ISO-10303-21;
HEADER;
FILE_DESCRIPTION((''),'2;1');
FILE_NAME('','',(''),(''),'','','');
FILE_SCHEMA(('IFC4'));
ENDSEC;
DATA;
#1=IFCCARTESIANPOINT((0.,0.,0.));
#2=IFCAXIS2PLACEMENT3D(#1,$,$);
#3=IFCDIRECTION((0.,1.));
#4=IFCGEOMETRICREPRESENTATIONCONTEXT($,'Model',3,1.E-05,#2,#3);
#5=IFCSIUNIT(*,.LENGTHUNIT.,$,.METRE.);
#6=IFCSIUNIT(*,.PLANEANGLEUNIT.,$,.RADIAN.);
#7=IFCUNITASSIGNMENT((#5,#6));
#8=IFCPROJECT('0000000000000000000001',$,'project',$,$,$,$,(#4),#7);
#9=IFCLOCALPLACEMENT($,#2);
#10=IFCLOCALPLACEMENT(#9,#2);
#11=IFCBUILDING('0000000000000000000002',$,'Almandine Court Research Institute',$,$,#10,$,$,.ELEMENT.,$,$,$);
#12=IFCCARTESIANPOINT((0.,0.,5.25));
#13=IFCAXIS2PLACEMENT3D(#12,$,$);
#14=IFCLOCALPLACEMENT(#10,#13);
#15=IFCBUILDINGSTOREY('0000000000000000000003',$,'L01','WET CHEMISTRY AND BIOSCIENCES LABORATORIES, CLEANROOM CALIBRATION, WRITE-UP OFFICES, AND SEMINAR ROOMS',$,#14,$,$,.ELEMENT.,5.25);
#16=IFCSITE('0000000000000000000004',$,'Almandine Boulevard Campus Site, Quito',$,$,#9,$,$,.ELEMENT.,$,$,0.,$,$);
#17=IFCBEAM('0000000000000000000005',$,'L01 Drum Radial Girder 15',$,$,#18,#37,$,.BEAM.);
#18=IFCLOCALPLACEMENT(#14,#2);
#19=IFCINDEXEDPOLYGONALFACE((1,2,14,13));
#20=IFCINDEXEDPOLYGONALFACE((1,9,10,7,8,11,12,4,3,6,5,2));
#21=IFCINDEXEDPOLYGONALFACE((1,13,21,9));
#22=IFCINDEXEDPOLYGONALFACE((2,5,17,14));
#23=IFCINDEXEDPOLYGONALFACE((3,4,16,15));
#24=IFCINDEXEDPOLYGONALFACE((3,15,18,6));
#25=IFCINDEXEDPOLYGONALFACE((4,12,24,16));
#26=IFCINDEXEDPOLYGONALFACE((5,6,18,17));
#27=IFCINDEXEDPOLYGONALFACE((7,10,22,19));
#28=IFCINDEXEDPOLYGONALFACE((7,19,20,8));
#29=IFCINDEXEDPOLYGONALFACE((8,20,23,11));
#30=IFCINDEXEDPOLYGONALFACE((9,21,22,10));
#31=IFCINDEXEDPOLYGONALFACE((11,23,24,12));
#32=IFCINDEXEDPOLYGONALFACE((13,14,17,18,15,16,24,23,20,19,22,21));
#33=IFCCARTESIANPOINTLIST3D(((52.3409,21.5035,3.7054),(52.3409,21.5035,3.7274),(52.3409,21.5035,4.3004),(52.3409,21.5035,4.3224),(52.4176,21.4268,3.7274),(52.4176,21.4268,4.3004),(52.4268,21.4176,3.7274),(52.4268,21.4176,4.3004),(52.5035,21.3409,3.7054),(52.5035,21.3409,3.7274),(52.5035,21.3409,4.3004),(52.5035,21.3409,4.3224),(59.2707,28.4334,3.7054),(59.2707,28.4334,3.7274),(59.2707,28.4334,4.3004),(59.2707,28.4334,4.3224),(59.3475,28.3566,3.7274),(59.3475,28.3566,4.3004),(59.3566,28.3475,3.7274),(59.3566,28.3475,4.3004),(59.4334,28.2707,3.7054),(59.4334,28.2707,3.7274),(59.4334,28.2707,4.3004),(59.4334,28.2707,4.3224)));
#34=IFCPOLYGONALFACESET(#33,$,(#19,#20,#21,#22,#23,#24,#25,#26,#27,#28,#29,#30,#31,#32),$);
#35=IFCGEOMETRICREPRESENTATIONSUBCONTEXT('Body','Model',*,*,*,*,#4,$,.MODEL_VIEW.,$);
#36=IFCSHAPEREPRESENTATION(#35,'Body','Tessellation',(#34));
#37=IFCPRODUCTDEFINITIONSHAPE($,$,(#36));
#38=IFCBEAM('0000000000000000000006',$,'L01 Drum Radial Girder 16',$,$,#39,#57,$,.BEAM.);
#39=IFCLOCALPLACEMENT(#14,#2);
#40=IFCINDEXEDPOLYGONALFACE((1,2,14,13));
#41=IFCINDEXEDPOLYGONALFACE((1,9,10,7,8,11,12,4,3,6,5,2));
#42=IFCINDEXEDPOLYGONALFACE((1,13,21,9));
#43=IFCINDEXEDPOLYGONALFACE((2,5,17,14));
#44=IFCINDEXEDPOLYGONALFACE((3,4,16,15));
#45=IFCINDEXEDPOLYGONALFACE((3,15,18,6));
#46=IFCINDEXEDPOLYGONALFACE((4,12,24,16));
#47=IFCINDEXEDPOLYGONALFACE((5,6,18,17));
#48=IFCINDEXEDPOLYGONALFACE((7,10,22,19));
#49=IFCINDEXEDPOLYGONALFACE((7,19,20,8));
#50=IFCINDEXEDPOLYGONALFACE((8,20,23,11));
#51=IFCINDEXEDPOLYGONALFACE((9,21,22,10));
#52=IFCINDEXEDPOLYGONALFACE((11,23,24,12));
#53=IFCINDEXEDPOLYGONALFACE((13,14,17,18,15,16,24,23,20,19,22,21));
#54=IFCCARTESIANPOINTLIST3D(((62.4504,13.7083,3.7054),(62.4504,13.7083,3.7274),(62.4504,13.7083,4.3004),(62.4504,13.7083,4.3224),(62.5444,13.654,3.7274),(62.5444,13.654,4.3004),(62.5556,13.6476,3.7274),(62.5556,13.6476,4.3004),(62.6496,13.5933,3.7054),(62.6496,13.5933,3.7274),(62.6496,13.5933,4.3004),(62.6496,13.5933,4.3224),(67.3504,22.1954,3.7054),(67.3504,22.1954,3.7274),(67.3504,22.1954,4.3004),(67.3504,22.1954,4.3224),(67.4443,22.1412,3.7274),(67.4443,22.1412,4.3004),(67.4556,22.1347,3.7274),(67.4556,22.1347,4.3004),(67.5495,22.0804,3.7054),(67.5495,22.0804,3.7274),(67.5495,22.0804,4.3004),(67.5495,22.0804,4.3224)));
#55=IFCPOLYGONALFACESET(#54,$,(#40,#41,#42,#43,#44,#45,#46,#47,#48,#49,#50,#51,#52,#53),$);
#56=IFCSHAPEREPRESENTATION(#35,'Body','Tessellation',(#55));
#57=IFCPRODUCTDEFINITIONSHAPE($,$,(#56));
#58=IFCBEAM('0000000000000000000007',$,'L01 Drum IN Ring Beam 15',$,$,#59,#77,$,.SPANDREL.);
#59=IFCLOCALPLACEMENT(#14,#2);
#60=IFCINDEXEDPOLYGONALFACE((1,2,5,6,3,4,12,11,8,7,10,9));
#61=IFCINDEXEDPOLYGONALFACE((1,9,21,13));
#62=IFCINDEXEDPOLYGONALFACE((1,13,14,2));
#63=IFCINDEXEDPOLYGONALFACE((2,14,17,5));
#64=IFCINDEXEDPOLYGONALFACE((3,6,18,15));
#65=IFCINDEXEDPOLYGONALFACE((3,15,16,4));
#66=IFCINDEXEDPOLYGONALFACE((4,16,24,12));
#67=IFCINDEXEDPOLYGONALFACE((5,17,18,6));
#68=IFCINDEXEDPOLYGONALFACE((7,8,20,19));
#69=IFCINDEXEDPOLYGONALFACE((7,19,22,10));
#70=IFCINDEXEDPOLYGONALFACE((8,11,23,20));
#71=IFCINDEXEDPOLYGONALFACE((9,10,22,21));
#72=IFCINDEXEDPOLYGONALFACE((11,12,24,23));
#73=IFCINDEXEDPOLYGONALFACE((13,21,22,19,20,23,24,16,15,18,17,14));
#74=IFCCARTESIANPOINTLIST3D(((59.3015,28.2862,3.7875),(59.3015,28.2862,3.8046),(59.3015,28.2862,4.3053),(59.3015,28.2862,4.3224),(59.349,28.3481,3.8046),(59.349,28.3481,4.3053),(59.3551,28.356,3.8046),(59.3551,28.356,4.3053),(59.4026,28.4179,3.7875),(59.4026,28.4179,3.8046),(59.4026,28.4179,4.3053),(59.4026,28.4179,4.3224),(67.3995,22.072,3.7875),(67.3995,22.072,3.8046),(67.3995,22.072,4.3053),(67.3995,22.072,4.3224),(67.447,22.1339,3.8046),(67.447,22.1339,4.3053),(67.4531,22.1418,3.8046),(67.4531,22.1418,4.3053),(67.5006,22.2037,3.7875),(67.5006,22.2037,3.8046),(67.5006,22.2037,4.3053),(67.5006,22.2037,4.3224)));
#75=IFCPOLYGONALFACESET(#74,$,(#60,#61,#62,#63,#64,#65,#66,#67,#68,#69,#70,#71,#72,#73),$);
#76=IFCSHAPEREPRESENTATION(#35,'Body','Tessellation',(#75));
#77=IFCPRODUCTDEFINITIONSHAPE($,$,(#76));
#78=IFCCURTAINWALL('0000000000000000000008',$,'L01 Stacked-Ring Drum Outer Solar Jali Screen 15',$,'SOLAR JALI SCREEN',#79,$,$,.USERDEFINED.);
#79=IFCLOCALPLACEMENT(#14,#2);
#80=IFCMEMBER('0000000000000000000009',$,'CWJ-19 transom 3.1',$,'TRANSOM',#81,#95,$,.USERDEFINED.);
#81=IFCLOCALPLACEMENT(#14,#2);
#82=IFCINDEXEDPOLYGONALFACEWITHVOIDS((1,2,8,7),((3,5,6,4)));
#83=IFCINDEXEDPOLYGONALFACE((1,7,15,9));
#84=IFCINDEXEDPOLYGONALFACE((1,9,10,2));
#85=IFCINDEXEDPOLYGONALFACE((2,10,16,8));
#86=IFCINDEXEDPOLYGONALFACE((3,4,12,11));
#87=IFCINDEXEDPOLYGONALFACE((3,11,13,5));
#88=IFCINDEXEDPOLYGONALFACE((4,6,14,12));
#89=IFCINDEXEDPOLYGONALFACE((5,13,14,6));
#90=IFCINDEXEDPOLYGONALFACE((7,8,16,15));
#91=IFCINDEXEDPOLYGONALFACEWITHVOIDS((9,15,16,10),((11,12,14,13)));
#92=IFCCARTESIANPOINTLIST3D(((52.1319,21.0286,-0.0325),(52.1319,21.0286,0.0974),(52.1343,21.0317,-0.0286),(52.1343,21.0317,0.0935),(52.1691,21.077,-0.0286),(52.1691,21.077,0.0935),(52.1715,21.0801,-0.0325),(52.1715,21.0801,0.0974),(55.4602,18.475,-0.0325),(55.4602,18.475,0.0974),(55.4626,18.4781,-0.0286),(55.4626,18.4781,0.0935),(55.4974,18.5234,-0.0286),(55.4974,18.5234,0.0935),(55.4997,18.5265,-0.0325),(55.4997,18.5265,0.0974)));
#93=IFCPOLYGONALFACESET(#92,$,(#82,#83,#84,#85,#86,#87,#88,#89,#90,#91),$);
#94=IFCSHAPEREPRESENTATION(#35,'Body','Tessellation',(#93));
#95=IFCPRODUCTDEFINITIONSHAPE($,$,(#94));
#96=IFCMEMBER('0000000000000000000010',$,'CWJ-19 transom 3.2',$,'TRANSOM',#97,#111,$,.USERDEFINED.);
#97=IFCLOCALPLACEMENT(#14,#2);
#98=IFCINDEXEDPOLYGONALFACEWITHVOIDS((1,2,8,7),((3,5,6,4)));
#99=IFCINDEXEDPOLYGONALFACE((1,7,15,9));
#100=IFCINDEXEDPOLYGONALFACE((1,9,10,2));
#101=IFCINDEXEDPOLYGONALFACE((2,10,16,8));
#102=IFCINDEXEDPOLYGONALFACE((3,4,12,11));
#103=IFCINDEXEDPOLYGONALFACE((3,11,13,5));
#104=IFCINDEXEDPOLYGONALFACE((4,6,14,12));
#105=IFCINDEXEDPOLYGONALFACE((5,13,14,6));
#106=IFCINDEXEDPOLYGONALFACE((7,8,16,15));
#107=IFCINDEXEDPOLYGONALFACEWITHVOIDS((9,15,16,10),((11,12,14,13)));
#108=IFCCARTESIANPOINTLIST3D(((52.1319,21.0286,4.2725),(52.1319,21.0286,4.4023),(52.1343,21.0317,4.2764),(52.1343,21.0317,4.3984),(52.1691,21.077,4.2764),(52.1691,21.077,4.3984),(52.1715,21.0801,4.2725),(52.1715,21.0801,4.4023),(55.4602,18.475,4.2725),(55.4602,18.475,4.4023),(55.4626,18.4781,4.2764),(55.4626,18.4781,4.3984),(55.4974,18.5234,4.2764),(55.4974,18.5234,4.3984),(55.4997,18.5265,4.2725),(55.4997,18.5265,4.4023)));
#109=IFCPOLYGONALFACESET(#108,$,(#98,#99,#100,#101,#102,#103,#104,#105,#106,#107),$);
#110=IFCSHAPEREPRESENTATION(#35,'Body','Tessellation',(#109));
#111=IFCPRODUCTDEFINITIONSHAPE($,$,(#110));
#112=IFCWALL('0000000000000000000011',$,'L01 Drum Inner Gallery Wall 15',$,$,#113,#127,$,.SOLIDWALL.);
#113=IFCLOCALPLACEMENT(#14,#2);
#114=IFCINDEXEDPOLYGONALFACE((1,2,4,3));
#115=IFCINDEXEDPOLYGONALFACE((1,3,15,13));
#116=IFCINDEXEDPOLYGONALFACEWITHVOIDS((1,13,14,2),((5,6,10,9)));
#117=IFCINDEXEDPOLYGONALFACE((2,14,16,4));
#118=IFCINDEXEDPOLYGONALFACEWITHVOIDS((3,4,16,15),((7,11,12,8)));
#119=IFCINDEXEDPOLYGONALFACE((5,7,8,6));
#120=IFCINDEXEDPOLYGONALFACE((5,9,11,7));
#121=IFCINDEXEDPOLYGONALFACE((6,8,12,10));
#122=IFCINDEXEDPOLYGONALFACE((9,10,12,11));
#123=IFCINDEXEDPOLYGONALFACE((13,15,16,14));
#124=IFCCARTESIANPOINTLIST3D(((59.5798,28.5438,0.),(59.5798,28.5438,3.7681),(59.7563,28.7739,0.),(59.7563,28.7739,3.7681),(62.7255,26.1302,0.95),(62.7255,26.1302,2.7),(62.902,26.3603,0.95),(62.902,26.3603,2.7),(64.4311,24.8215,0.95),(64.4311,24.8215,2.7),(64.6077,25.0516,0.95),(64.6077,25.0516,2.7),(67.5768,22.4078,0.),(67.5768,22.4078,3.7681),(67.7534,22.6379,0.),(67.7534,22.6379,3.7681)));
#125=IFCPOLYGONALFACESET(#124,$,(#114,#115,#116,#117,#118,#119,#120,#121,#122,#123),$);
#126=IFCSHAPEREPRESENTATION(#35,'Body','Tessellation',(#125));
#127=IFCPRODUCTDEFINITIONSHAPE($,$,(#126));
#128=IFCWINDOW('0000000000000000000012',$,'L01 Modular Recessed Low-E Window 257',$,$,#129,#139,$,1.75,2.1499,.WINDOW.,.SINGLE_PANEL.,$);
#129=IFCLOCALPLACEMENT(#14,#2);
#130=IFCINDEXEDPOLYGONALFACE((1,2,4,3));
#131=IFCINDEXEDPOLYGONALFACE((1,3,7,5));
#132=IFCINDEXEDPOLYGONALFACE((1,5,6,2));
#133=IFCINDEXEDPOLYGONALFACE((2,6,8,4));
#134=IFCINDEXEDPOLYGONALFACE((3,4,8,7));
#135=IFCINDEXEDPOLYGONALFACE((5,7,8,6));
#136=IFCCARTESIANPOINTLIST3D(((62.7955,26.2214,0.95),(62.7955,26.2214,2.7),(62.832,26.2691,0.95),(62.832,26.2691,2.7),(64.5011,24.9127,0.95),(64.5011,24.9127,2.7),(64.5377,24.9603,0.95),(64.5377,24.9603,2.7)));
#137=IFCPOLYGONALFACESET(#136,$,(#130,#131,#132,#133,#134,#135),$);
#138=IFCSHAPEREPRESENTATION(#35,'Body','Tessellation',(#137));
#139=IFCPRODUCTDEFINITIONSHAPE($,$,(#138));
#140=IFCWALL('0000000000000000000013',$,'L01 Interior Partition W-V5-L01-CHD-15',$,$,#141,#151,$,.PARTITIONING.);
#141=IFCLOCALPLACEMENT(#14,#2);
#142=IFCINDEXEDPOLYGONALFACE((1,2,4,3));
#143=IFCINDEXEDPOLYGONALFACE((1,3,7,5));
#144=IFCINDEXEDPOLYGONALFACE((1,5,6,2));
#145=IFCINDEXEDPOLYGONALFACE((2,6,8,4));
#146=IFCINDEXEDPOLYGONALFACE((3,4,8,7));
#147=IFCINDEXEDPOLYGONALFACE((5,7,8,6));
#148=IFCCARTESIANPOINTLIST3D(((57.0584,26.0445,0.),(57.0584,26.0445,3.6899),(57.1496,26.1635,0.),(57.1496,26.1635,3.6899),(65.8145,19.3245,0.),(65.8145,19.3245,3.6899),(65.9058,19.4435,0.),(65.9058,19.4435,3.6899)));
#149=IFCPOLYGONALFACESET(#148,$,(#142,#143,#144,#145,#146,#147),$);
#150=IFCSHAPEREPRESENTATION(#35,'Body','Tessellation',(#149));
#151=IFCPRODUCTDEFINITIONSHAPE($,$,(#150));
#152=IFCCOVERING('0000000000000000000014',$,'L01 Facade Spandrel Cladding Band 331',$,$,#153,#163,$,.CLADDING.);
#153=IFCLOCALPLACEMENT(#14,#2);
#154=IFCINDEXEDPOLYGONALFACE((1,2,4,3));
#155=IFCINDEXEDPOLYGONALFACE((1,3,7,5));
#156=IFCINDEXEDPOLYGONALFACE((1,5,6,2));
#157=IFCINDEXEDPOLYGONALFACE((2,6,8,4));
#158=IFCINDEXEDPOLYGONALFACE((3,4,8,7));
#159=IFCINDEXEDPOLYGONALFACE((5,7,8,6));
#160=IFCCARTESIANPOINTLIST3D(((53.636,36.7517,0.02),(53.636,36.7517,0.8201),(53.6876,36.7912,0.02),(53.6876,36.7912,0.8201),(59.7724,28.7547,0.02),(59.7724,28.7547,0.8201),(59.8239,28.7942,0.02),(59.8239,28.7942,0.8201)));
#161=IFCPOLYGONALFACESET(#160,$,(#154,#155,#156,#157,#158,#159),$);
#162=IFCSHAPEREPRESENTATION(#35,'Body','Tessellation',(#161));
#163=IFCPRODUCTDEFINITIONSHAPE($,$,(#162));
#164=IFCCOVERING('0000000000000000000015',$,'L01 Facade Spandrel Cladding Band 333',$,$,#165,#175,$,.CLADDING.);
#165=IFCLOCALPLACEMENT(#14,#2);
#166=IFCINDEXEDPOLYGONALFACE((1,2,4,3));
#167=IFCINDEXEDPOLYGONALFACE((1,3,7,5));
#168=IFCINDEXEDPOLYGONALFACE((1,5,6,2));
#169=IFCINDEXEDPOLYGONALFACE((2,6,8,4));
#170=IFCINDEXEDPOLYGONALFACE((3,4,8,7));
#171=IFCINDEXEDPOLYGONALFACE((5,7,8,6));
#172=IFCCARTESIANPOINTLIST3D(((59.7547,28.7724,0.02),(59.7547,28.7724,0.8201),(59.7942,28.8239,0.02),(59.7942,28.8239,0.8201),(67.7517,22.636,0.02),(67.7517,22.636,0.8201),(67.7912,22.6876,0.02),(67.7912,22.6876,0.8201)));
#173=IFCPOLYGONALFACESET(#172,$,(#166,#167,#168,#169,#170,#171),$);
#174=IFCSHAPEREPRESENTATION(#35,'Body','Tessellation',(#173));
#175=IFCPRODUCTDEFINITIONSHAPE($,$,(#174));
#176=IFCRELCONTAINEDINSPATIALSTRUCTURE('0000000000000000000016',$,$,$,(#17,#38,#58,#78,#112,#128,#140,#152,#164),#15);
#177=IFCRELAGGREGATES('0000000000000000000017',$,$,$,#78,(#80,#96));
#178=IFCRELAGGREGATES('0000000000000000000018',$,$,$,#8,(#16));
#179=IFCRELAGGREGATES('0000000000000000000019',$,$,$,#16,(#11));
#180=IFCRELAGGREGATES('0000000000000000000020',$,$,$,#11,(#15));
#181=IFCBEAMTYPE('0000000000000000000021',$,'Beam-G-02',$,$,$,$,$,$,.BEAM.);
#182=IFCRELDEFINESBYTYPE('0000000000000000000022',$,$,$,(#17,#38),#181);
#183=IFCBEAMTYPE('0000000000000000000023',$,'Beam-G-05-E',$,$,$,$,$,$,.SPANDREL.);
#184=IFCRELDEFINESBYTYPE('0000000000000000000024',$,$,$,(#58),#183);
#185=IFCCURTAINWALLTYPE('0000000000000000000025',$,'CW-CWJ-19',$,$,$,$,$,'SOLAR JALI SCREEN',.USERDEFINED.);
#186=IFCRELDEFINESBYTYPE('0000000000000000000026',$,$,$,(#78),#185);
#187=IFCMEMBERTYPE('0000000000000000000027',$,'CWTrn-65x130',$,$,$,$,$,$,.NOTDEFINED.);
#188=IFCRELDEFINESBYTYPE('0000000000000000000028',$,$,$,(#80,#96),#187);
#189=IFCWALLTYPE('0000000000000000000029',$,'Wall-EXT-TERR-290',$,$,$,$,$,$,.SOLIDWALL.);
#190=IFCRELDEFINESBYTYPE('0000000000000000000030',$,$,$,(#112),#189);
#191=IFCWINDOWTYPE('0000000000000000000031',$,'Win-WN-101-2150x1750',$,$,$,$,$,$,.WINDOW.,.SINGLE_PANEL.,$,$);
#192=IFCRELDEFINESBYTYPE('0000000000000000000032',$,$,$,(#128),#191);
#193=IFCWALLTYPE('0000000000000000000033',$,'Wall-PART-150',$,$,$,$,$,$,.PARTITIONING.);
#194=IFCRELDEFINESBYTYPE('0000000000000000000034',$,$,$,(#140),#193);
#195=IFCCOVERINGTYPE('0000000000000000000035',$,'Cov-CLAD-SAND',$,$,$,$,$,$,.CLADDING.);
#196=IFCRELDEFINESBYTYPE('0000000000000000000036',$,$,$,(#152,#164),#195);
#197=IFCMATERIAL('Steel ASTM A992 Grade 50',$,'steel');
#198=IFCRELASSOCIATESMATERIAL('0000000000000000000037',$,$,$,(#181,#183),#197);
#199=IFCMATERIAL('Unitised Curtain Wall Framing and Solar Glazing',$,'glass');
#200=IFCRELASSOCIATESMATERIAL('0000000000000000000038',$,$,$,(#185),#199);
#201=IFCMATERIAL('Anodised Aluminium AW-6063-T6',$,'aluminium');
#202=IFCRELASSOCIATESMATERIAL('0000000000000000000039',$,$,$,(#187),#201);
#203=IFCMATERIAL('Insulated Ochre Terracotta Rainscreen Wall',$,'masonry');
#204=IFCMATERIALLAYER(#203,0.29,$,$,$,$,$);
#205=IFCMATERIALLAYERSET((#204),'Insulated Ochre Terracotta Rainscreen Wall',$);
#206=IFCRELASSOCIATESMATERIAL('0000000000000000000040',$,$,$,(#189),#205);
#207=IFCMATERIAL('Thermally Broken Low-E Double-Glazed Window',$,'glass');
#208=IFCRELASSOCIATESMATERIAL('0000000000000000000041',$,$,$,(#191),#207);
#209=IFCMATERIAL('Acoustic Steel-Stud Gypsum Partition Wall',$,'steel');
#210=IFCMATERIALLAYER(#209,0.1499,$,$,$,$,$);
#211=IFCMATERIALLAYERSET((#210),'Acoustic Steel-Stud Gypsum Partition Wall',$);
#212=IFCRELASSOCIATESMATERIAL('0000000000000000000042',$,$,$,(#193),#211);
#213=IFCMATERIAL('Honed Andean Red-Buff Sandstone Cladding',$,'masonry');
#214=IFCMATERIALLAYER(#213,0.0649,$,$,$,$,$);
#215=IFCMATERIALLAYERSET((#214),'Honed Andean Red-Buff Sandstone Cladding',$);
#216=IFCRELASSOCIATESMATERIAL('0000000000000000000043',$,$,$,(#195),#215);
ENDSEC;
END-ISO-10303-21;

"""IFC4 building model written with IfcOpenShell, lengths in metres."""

from ifc_helpers import new_model, si_unit, direction, frame, frame_2d, origin, origin_2d, place, context, subcontext, project, spatial, rectangle, hollow_rectangle, i_section, extrude, material, layer, layer_set, material_profile, profile_set, type_object, element, fill, aggregate, save


model = new_model("IFC4")

# Units and contexts
model_context = context("Model", 3, precision=1e-05, world=origin(), true_north=direction((0.0, 1.0)))
body_context = subcontext(model_context, "Body", "Model", "MODEL_VIEW")
ifc_project = project(units=[si_unit("LENGTHUNIT", "METRE"), si_unit("PLANEANGLEUNIT", "RADIAN")], contexts=[model_context])

# Site, building, storey
site_placement = place(None, origin())
site = spatial("IfcSite", under=ifc_project, at=site_placement, Name="Almandine Boulevard Campus Site, Quito", CompositionType="ELEMENT", RefElevation=0.0)
building_placement = place(site_placement, origin())
building = spatial("IfcBuilding", under=site, at=building_placement, Name="Almandine Court Research Institute", CompositionType="ELEMENT")
storey_placement = place(building_placement, frame((0.0, 0.0, 5.25)))
storey = spatial("IfcBuildingStorey", under=building, at=storey_placement, Name="L01", Description="WET CHEMISTRY AND BIOSCIENCES LABORATORIES, CLEANROOM CALIBRATION, WRITE-UP OFFICES, AND SEMINAR ROOMS", CompositionType="ELEMENT", Elevation=5.25)

# Shared definitions
ifc_material_1 = material(Name="Steel ASTM A992 Grade 50", Category="steel")

# Beams
ifc_material_profile_1 = material_profile(ifc_material_1, i_section(OverallWidth=0.23, OverallDepth=0.6169, WebThickness=0.0129, FlangeThickness=0.022, at=origin_2d()), Name="W610x140")
ifc_profile_set_1 = profile_set([ifc_material_profile_1], Name="Steel ASTM A992 Grade 50")
beam_type_1 = type_object("IfcBeamType", Name="Beam-G-02", PredefinedType="BEAM", material=ifc_profile_set_1)
beam_1_placement = place(storey_placement, frame((59.3521, 28.3521, 4.0139), z_axis=(-0.707107, -0.707107, 0.0), x_axis=(0.707107, -0.707107, 0.0)))
element("IfcBeam", 1, at=beam_1_placement, inside=storey, type_object=beam_type_1, Name="L01 Drum Radial Girder 15", PredefinedType="BEAM", context=body_context, shape_type="SweptSolid", body=[
    extrude(i_section(OverallWidth=0.23, OverallDepth=0.6169, WebThickness=0.0129, FlangeThickness=0.022, at=origin_2d()), origin(), (0.0, 0.0, 1.0), 9.8003),
])
beam_2_placement = place(storey_placement, frame((67.45, 22.1379, 4.0139), z_axis=(-0.499992, -0.86603, 0.0), x_axis=(0.86603, -0.499992, 0.0)))
element("IfcBeam", 2, at=beam_2_placement, inside=storey, type_object=beam_type_1, Name="L01 Drum Radial Girder 16", PredefinedType="BEAM", context=body_context, shape_type="SweptSolid", body=[
    extrude(i_section(OverallWidth=0.23, OverallDepth=0.6169, WebThickness=0.0129, FlangeThickness=0.022, at=origin_2d()), origin(), (0.0, 0.0, 1.0), 9.8),
])
ifc_material_profile_2 = material_profile(ifc_material_1, i_section(OverallWidth=0.166, OverallDepth=0.5349, WebThickness=0.01, FlangeThickness=0.0171, at=origin_2d()), Name="W530x85")
ifc_profile_set_2 = profile_set([ifc_material_profile_2], Name="Steel ASTM A992 Grade 50")
beam_type_2 = type_object("IfcBeamType", Name="Beam-G-05-E", PredefinedType="SPANDREL", material=ifc_profile_set_2)
beam_3_placement = place(storey_placement, frame((59.3521, 28.3521, 4.0549), z_axis=(0.793336, -0.608784, 0.0), x_axis=(0.608784, 0.793336, 0.0)))
element("IfcBeam", 3, at=beam_3_placement, inside=storey, type_object=beam_type_2, Name="L01 Drum IN Ring Beam 15", PredefinedType="SPANDREL", context=body_context, shape_type="SweptSolid", body=[
    extrude(i_section(OverallWidth=0.166, OverallDepth=0.5349, WebThickness=0.01, FlangeThickness=0.0171, at=origin_2d()), origin(), (0.0, 0.0, 1.0), 10.2075),
])

# Curtain wall, members
ifc_material_2 = material(Name="Unitised Curtain Wall Framing and Solar Glazing", Category="glass")
curtain_wall_type = type_object("IfcCurtainWallType", Name="CW-CWJ-19", ElementType="SOLAR JALI SCREEN", PredefinedType="USERDEFINED", material=ifc_material_2)
curtain_wall_placement = place(storey_placement, origin())
curtain_wall = element("IfcCurtainWall", 4, at=curtain_wall_placement, inside=storey, type_object=curtain_wall_type, Name="L01 Stacked-Ring Drum Outer Solar Jali Screen 15", ObjectType="SOLAR JALI SCREEN", PredefinedType="USERDEFINED")
ifc_material_3 = material(Name="Anodised Aluminium AW-6063-T6", Category="aluminium")
ifc_material_profile_3 = material_profile(ifc_material_3, hollow_rectangle(XDim=0.0649, YDim=0.1299, WallThickness=0.0039, at=origin_2d()), Name="ALU RHS 65x130x4")
ifc_profile_set_3 = profile_set([ifc_material_profile_3], Name="Anodised Aluminium AW-6063-T6")
member_type = type_object("IfcMemberType", Name="CWTrn-65x130", PredefinedType="NOTDEFINED", material=ifc_profile_set_3)
member_1_placement = place(storey_placement, frame((55.48, 18.5007, 0.0325), z_axis=(-0.793381, 0.608726, 0.0), x_axis=(-0.608726, -0.793381, 0.0)))
member_1 = element("IfcMember", 5, at=member_1_placement, type_object=member_type, Name="CWJ-19 transom 3.1", ObjectType="TRANSOM", PredefinedType="USERDEFINED", context=body_context, shape_type="SweptSolid", body=[
    extrude(hollow_rectangle(XDim=0.0649, YDim=0.1299, WallThickness=0.0039, at=origin_2d()), origin(), (0.0, 0.0, 1.0), 4.1951),
])
member_2_placement = place(storey_placement, frame((55.48, 18.5007, 4.3374), z_axis=(-0.793381, 0.608726, 0.0), x_axis=(-0.608726, -0.793381, 0.0)))
member_2 = element("IfcMember", 6, at=member_2_placement, type_object=member_type, Name="CWJ-19 transom 3.2", ObjectType="TRANSOM", PredefinedType="USERDEFINED", context=body_context, shape_type="SweptSolid", body=[
    extrude(hollow_rectangle(XDim=0.0649, YDim=0.1299, WallThickness=0.0039, at=origin_2d()), origin(), (0.0, 0.0, 1.0), 4.1951),
])
aggregate(curtain_wall, [member_1, member_2])

# Wall, opening, window
ifc_material_4 = material(Name="Insulated Ochre Terracotta Rainscreen Wall", Category="masonry")
ifc_layer_1 = layer(ifc_material_4, 0.29)
ifc_layer_set_1 = layer_set([ifc_layer_1], Name="Insulated Ochre Terracotta Rainscreen Wall")
wall_type_1 = type_object("IfcWallType", Name="Wall-EXT-TERR-290", PredefinedType="SOLIDWALL", material=ifc_layer_set_1)
wall_1_placement = place(storey_placement, frame((59.668, 28.6589, 0.0), z_axis=(0.0, 0.0, 1.0), x_axis=(0.793372, -0.608738, 0.0)))
wall_1 = element("IfcWall", 7, at=wall_1_placement, inside=storey, type_object=wall_type_1, Name="L01 Drum Inner Gallery Wall 15", PredefinedType="SOLIDWALL", context=body_context, shape_type="SweptSolid", body=[
    extrude(rectangle(XDim=10.0798, YDim=0.29, at=frame_2d((5.04, 0.0))), origin(), (0.0, 0.0, 1.0), 3.7681),
])
opening_placement = place(wall_1_placement, frame((3.9651, 0.0, 0.95)))
opening = element("IfcOpeningElement", 8, at=opening_placement, cuts=wall_1, PredefinedType="OPENING", context=body_context, shape_type="SweptSolid", body=[
    extrude(rectangle(XDim=2.1499, YDim=1.75, at=frame_2d((1.075, 0.875))), frame((0.0, 0.155, 0.0), z_axis=(0.0, -1.0, 0.0), x_axis=(1.0, 0.0, 0.0)), (0.0, 0.0, 1.0), 0.3101),
])
ifc_material_5 = material(Name="Thermally Broken Low-E Double-Glazed Window", Category="glass")
window_type = type_object("IfcWindowType", Name="Win-WN-101-2150x1750", PartitioningType="SINGLE_PANEL", PredefinedType="WINDOW", material=ifc_material_5)
window_placement = place(opening_placement, origin())
window = element("IfcWindow", 9, at=window_placement, inside=storey, type_object=window_type, Name="L01 Modular Recessed Low-E Window 257", OverallHeight=1.75, OverallWidth=2.1499, PartitioningType="SINGLE_PANEL", PredefinedType="WINDOW", context=body_context, shape_type="SweptSolid", body=[
    extrude(rectangle(XDim=2.1499, YDim=1.75, at=frame_2d((1.075, 0.875))), frame((0.0, 0.03, 0.0), z_axis=(0.0, -1.0, 0.0), x_axis=(1.0, 0.0, 0.0)), (0.0, 0.0, 1.0), 0.0601),
])
fill(opening, window)

# Wall
ifc_material_6 = material(Name="Acoustic Steel-Stud Gypsum Partition Wall", Category="steel")
ifc_layer_2 = layer(ifc_material_6, 0.1499)
ifc_layer_set_2 = layer_set([ifc_layer_2], Name="Acoustic Steel-Stud Gypsum Partition Wall")
wall_type_2 = type_object("IfcWallType", Name="Wall-PART-150", PredefinedType="PARTITIONING", material=ifc_layer_set_2)
wall_2_placement = place(storey_placement, frame((57.104, 26.104, 0.0), z_axis=(0.0, 0.0, 1.0), x_axis=(0.793302, -0.608828, 0.0)))
element("IfcWall", 10, at=wall_2_placement, inside=storey, type_object=wall_type_2, Name="L01 Interior Partition W-V5-L01-CHD-15", PredefinedType="PARTITIONING", context=body_context, shape_type="SweptSolid", body=[
    extrude(rectangle(XDim=11.0376, YDim=0.1499, at=frame_2d((5.5188, 0.0))), origin(), (0.0, 0.0, 1.0), 3.6899),
])

# Coverings
ifc_material_7 = material(Name="Honed Andean Red-Buff Sandstone Cladding", Category="masonry")
ifc_layer_3 = layer(ifc_material_7, 0.0649)
ifc_layer_set_3 = layer_set([ifc_layer_3], Name="Honed Andean Red-Buff Sandstone Cladding")
covering_type = type_object("IfcCoveringType", Name="Cov-CLAD-SAND", PredefinedType="CLADDING", material=ifc_layer_set_3)
for number, where, z_axis, x_axis, name in (
    (11, (56.73, 32.7729, 0.02), (0.0, 0.0, 1.0), (0.608761, -0.793353, 0.0), "L01 Facade Spandrel Cladding Band 331"),
    (12, (63.7729, 25.73, 0.02), (0.0, 0.0, 1.0), (0.793353, -0.608761, 0.0), "L01 Facade Spandrel Cladding Band 333"),
):
    element("IfcCovering", number, at=place(storey_placement, frame(where, z_axis=z_axis, x_axis=x_axis)), inside=storey, type_object=covering_type, Name=name, PredefinedType="CLADDING", context=body_context, shape_type="SweptSolid", body=[
        extrude(rectangle(XDim=10.0801, YDim=0.0649, at=origin_2d()), origin(), (0.0, 0.0, 1.0), 0.8),
    ])

save(model, "model.ifc")
